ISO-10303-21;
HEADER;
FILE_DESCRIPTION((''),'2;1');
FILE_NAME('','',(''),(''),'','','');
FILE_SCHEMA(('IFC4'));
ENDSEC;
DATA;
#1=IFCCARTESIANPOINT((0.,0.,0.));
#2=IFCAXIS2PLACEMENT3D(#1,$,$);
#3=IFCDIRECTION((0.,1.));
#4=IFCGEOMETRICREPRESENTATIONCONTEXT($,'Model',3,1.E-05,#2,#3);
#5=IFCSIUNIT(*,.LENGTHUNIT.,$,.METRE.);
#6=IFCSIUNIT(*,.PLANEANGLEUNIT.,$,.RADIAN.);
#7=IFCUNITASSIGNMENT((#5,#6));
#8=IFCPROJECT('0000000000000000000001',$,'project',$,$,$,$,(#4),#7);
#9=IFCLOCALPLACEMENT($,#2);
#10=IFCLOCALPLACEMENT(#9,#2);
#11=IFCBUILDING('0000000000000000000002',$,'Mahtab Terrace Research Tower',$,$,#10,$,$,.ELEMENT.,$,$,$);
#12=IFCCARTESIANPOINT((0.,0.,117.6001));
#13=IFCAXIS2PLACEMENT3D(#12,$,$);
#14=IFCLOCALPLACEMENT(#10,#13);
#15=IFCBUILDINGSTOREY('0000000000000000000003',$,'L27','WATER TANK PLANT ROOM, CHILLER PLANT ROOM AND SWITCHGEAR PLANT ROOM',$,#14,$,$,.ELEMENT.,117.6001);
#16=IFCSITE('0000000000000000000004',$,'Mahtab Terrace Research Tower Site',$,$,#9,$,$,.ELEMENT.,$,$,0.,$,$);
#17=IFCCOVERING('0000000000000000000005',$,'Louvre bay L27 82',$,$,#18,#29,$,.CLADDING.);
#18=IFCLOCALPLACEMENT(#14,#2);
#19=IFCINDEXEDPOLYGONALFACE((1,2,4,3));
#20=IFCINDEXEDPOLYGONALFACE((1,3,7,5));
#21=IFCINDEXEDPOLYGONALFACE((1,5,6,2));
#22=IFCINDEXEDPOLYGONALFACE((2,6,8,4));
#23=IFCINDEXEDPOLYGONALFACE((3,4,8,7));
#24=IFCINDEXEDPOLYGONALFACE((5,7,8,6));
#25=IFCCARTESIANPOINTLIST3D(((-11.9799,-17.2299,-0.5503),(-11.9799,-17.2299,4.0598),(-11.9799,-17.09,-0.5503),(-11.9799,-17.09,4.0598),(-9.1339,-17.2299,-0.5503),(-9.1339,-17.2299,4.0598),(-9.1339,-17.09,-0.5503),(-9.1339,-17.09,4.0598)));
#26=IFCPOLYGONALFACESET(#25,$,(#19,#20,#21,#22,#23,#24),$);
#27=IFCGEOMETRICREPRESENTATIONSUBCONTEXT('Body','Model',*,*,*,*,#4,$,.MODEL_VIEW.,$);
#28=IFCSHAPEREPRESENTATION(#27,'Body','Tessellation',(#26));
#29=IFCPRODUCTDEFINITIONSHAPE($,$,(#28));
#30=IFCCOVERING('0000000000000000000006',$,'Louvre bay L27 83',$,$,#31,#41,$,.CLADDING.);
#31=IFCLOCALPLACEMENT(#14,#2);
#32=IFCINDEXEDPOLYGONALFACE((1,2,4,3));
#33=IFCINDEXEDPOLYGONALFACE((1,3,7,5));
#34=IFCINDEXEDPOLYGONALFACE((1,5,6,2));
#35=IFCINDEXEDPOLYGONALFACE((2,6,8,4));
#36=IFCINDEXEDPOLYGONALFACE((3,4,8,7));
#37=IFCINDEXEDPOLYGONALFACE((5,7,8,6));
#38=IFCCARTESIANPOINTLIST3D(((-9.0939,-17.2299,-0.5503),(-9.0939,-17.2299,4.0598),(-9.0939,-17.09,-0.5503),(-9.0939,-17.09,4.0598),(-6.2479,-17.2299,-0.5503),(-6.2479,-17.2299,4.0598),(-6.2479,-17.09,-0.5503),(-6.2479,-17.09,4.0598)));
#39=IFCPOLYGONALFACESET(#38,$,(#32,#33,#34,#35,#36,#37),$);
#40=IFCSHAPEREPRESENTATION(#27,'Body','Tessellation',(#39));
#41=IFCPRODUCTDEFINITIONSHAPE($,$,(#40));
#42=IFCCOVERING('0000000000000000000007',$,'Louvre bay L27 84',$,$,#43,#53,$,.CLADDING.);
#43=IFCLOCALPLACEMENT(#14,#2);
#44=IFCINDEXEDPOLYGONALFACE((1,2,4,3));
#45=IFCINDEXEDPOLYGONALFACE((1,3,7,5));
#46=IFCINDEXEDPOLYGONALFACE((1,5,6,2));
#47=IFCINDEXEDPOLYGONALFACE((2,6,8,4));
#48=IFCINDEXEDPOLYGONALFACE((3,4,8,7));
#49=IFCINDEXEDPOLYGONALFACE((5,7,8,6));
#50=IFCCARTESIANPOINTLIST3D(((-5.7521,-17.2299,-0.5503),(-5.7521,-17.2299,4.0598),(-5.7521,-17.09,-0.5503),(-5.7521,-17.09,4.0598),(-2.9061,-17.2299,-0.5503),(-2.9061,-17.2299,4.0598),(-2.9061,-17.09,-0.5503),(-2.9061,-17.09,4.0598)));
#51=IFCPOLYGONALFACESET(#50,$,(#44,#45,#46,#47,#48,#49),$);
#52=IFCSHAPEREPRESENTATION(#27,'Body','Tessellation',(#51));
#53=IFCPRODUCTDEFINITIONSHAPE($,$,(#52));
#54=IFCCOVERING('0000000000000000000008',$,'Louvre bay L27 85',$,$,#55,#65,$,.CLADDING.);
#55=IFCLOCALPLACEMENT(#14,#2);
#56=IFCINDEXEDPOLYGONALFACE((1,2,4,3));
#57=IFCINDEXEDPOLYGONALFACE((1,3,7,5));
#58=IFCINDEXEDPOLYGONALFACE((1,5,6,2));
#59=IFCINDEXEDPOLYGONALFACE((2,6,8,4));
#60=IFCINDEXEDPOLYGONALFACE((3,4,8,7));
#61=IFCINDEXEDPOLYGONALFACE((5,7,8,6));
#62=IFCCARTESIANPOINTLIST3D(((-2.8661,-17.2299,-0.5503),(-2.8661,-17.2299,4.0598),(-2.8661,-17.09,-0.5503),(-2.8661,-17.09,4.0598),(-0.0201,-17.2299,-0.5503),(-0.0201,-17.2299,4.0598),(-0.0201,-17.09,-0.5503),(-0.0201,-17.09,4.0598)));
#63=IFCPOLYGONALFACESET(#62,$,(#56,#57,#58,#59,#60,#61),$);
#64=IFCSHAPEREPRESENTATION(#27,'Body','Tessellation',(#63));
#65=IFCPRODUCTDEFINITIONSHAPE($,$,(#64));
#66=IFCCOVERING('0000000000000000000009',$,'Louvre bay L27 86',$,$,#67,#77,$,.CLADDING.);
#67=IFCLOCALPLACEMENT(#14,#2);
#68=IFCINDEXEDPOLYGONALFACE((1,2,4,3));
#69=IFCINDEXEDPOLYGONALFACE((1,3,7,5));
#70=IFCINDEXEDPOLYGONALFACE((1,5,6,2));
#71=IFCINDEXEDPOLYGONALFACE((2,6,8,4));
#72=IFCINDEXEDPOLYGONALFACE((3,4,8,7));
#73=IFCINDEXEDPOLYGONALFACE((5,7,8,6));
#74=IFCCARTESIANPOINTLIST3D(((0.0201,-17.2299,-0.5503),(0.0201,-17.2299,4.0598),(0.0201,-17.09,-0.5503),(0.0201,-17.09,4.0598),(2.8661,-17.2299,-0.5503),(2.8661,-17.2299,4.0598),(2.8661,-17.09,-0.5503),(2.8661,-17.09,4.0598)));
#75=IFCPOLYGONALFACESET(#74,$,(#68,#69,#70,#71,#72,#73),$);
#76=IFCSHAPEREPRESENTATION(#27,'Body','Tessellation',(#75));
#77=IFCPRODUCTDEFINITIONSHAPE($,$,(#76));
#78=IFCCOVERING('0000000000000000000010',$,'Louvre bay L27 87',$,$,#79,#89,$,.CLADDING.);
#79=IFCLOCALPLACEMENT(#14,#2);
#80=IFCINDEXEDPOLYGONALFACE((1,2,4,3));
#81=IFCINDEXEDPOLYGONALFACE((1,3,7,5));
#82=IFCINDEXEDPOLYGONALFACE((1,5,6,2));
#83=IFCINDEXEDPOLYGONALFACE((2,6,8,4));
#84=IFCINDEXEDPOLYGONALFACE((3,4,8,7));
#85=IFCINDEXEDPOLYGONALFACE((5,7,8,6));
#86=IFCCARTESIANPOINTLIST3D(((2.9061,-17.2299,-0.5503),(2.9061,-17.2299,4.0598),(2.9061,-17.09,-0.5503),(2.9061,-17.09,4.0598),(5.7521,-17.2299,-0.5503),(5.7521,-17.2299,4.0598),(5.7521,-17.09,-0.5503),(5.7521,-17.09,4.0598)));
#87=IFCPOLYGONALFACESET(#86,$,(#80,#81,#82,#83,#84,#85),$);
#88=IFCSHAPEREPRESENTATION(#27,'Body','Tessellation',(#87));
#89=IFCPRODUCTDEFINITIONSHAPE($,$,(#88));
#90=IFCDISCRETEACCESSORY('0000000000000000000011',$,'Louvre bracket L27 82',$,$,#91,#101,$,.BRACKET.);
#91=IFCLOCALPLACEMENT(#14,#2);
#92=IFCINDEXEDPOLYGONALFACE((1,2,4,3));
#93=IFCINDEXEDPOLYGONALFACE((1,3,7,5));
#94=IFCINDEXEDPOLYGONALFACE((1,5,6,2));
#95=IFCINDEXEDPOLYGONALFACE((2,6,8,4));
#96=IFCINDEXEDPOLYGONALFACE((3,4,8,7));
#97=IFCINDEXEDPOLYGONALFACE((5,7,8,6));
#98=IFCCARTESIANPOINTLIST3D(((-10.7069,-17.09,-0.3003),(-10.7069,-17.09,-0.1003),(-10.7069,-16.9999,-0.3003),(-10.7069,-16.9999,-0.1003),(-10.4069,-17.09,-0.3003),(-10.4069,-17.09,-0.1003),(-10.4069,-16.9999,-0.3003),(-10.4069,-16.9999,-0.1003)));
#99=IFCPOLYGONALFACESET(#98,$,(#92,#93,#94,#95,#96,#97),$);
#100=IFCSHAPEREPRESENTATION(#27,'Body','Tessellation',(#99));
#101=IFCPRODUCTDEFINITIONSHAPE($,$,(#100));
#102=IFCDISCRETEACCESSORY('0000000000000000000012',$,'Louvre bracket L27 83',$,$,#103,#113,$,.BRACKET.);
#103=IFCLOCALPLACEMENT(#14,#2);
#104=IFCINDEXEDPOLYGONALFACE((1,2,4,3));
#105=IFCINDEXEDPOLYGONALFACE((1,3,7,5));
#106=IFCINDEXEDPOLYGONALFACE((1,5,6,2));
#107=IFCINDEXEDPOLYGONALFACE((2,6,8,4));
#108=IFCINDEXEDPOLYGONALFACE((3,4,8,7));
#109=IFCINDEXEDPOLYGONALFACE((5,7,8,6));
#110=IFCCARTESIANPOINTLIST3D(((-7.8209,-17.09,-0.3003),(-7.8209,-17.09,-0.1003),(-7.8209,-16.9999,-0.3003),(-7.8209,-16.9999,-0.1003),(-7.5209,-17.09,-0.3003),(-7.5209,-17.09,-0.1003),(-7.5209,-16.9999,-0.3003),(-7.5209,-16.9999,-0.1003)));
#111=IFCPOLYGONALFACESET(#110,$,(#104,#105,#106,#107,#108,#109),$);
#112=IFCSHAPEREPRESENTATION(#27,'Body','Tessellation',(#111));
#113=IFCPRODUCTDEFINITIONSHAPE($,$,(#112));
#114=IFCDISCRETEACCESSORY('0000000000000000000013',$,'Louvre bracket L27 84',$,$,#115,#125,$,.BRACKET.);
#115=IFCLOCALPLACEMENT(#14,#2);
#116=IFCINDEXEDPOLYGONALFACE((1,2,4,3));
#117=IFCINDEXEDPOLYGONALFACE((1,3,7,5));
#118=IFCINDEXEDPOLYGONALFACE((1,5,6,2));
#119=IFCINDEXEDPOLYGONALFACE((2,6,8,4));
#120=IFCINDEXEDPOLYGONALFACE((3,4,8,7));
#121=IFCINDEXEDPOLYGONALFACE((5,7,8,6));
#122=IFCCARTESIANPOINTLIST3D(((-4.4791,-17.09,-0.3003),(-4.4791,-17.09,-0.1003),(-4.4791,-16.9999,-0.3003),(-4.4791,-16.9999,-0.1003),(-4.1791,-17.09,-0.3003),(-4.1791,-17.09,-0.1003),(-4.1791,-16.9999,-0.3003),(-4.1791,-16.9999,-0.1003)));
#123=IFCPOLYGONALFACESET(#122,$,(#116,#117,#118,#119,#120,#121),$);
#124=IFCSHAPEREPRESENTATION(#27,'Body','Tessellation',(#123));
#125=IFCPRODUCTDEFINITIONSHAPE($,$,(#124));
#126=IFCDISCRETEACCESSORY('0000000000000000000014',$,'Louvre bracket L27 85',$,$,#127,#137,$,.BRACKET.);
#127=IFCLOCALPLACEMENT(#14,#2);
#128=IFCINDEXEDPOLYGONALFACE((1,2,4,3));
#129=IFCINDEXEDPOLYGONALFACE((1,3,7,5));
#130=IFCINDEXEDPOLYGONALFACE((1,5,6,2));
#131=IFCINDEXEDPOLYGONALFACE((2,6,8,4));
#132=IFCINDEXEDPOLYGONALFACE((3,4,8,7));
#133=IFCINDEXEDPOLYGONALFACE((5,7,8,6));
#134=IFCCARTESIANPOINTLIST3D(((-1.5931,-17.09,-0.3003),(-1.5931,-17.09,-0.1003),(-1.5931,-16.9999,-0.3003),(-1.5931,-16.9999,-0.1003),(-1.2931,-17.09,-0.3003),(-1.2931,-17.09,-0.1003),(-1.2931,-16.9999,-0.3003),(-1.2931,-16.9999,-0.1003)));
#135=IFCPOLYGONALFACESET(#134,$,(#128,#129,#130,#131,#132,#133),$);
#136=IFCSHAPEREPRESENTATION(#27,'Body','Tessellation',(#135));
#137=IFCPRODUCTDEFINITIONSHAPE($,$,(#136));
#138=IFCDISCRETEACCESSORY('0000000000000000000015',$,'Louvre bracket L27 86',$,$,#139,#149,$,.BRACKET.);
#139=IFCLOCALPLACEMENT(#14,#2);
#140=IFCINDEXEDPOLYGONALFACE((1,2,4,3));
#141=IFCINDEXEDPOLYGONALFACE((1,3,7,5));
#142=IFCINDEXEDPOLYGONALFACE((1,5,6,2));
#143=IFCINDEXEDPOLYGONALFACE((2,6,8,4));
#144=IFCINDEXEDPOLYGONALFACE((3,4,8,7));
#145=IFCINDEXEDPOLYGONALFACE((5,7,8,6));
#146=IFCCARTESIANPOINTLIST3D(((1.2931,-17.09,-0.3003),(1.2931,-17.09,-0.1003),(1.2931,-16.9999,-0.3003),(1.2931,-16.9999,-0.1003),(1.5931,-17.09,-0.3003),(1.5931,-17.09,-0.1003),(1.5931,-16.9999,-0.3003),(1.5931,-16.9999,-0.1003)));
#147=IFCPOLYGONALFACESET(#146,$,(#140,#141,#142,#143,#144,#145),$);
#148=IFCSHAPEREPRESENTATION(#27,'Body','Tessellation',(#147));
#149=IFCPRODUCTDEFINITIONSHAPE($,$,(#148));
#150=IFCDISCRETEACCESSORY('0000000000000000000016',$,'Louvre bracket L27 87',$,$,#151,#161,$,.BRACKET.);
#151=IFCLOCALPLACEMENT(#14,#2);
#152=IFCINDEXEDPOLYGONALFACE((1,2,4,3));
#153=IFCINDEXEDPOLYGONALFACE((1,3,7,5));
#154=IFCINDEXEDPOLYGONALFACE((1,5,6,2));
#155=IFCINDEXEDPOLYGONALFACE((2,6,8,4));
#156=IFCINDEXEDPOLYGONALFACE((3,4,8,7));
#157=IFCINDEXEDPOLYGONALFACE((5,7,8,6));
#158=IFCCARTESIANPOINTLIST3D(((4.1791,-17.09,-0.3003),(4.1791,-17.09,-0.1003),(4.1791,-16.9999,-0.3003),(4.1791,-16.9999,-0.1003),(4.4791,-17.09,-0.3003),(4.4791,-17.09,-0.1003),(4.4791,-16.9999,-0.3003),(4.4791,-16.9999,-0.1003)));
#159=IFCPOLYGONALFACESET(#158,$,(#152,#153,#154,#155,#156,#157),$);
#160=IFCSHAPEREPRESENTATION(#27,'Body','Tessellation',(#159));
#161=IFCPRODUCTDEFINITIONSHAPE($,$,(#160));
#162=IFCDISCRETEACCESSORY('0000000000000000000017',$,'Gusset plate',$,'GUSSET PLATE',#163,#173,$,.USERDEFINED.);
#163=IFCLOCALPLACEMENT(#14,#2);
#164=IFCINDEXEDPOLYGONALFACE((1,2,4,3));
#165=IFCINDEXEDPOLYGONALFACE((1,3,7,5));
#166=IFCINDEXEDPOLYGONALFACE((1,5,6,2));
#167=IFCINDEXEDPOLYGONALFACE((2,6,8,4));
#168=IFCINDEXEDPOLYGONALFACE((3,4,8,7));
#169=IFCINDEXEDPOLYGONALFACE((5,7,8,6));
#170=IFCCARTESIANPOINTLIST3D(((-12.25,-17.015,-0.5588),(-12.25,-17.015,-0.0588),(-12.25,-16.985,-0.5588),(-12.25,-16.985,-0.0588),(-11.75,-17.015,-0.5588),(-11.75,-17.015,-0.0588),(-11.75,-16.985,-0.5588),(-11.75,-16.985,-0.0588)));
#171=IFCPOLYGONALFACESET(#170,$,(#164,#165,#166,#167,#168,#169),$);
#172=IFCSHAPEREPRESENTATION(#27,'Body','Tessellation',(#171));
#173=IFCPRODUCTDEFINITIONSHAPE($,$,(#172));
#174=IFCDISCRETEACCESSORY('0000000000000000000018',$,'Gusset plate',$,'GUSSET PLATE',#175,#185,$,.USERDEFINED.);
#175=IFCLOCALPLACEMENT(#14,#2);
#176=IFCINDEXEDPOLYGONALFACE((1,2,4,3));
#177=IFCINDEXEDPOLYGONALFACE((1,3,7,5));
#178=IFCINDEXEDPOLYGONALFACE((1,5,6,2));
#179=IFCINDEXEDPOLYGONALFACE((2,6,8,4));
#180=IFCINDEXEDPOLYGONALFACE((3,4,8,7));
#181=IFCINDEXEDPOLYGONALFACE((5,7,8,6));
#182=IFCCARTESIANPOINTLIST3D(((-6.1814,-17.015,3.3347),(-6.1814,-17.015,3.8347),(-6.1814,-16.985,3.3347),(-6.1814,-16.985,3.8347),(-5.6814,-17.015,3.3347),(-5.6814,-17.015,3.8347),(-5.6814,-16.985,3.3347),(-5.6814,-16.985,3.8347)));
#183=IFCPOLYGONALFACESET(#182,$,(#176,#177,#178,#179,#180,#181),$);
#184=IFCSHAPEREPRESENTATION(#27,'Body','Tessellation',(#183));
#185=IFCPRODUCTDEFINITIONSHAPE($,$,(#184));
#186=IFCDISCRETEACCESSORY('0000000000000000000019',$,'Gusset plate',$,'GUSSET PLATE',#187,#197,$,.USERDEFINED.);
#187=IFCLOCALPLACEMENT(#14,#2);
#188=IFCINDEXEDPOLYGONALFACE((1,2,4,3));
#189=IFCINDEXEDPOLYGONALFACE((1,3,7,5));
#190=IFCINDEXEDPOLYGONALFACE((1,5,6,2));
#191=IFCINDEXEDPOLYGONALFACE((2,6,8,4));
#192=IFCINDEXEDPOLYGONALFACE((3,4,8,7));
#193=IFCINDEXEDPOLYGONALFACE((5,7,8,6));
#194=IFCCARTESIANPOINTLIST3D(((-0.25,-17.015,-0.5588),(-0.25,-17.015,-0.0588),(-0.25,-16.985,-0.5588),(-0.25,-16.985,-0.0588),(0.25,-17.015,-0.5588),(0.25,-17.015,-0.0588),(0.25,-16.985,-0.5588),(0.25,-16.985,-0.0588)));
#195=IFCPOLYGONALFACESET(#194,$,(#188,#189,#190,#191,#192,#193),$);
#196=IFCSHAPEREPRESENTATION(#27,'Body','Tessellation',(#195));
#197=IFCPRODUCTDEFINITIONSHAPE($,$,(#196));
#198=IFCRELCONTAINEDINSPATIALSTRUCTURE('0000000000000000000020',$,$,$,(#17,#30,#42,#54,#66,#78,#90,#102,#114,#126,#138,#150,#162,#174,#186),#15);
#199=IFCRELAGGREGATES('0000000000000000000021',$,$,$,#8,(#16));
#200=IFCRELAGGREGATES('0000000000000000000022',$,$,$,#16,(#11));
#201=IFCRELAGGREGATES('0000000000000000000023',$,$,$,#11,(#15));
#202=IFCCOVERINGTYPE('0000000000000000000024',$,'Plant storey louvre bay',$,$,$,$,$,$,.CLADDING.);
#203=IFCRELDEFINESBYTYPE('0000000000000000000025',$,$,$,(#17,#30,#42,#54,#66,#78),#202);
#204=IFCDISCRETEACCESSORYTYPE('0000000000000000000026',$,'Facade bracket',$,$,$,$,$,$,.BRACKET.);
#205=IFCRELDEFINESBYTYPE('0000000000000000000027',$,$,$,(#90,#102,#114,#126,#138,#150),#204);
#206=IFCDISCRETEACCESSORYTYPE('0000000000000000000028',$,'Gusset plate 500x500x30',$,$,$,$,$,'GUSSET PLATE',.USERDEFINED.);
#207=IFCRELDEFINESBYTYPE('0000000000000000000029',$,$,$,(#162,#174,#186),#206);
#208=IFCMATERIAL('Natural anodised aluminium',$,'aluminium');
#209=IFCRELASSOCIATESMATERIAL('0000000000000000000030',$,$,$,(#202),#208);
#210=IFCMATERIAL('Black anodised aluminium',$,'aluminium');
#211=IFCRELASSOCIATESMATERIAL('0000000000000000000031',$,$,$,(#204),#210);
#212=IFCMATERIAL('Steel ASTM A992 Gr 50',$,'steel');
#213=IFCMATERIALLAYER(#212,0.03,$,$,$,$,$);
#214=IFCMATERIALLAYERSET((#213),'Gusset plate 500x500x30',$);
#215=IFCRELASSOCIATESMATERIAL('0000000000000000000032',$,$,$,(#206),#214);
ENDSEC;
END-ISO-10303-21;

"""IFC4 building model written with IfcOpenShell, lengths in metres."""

from ifc_helpers import new_model, si_unit, direction, frame, origin, origin_2d, place, context, subcontext, project, spatial, rectangle, extrude, material, layer, layer_set, type_object, element, save


model = new_model("IFC4")

# Units and contexts
model_context = context("Model", 3, precision=1e-05, world=origin(), true_north=direction((0.0, 1.0)))
body_context = subcontext(model_context, "Body", "Model", "MODEL_VIEW")
ifc_project = project(units=[si_unit("LENGTHUNIT", "METRE"), si_unit("PLANEANGLEUNIT", "RADIAN")], contexts=[model_context])

# Site, building, storey
site_placement = place(None, origin())
site = spatial("IfcSite", under=ifc_project, at=site_placement, Name="Mahtab Terrace Research Tower Site", CompositionType="ELEMENT", RefElevation=0.0)
building_placement = place(site_placement, origin())
building = spatial("IfcBuilding", under=site, at=building_placement, Name="Mahtab Terrace Research Tower", CompositionType="ELEMENT")
storey_placement = place(building_placement, frame((0.0, 0.0, 117.6001)))
storey = spatial("IfcBuildingStorey", under=building, at=storey_placement, Name="L27", Description="WATER TANK PLANT ROOM, CHILLER PLANT ROOM AND SWITCHGEAR PLANT ROOM", CompositionType="ELEMENT", Elevation=117.6001)

# Shared definitions
ifc_material_1 = material(Name="Steel ASTM A992 Gr 50", Category="steel")

# Coverings
ifc_material_2 = material(Name="Natural anodised aluminium", Category="aluminium")
covering_type = type_object("IfcCoveringType", Name="Plant storey louvre bay", PredefinedType="CLADDING", material=ifc_material_2)
for number, where, z_axis, x_axis, name in (
    (1, (-10.5569, -17.1599, -0.5503), (0.0, 0.0, 1.0), (1.0, 0.0, 0.0), "Louvre bay L27 82"),
    (2, (-7.6709, -17.1599, -0.5503), (0.0, 0.0, 1.0), (1.0, 0.0, 0.0), "Louvre bay L27 83"),
    (3, (-4.3291, -17.1599, -0.5503), (0.0, 0.0, 1.0), (1.0, 0.0, 0.0), "Louvre bay L27 84"),
    (4, (-1.4431, -17.1599, -0.5503), (0.0, 0.0, 1.0), (1.0, 0.0, 0.0), "Louvre bay L27 85"),
    (5, (1.4431, -17.1599, -0.5503), (0.0, 0.0, 1.0), (1.0, 0.0, 0.0), "Louvre bay L27 86"),
    (6, (4.3291, -17.1599, -0.5503), (0.0, 0.0, 1.0), (1.0, 0.0, 0.0), "Louvre bay L27 87"),
):
    element("IfcCovering", number, at=place(storey_placement, frame(where, z_axis=z_axis, x_axis=x_axis)), inside=storey, type_object=covering_type, Name=name, PredefinedType="CLADDING", context=body_context, shape_type="SweptSolid", body=[
        extrude(rectangle(XDim=2.8459, YDim=0.1399, at=origin_2d()), origin(), (0.0, 0.0, 1.0), 4.6101),
    ])

# Discrete accessories
ifc_material_3 = material(Name="Black anodised aluminium", Category="aluminium")
discrete_accessory_type_1 = type_object("IfcDiscreteAccessoryType", Name="Facade bracket", PredefinedType="BRACKET", material=ifc_material_3)
for number, where, z_axis, x_axis, name in (
    (7, (-10.5569, -17.0449, -0.3003), (0.0, 0.0, 1.0), (1.0, 0.0, 0.0), "Louvre bracket L27 82"),
    (8, (-7.6709, -17.0449, -0.3003), (0.0, 0.0, 1.0), (1.0, 0.0, 0.0), "Louvre bracket L27 83"),
    (9, (-4.3291, -17.0449, -0.3003), (0.0, 0.0, 1.0), (1.0, 0.0, 0.0), "Louvre bracket L27 84"),
    (10, (-1.4431, -17.0449, -0.3003), (0.0, 0.0, 1.0), (1.0, 0.0, 0.0), "Louvre bracket L27 85"),
    (11, (1.4431, -17.0449, -0.3003), (0.0, 0.0, 1.0), (1.0, 0.0, 0.0), "Louvre bracket L27 86"),
    (12, (4.3291, -17.0449, -0.3003), (0.0, 0.0, 1.0), (1.0, 0.0, 0.0), "Louvre bracket L27 87"),
):
    element("IfcDiscreteAccessory", number, at=place(storey_placement, frame(where, z_axis=z_axis, x_axis=x_axis)), inside=storey, type_object=discrete_accessory_type_1, Name=name, PredefinedType="BRACKET", context=body_context, shape_type="SweptSolid", body=[
        extrude(rectangle(XDim=0.3, YDim=0.0901, at=origin_2d()), origin(), (0.0, 0.0, 1.0), 0.2),
    ])
ifc_layer_1 = layer(ifc_material_1, 0.03)
ifc_layer_set_1 = layer_set([ifc_layer_1], Name="Gusset plate 500x500x30")
discrete_accessory_type_2 = type_object("IfcDiscreteAccessoryType", Name="Gusset plate 500x500x30", ElementType="GUSSET PLATE", PredefinedType="USERDEFINED", material=ifc_layer_set_1)
for number, where, z_axis, x_axis, name in (
    (13, (-12.0, -17.0, -0.5588), (0.0, 0.0, 1.0), (1.0, 0.0, 0.0), "Gusset plate"),
    (14, (-5.9314, -17.0, 3.3347), (0.0, 0.0, 1.0), (1.0, 0.0, 0.0), "Gusset plate"),
    (15, (0.0, -17.0, -0.5588), (0.0, 0.0, 1.0), (1.0, 0.0, 0.0), "Gusset plate"),
):
    element("IfcDiscreteAccessory", number, at=place(storey_placement, frame(where, z_axis=z_axis, x_axis=x_axis)), inside=storey, type_object=discrete_accessory_type_2, Name=name, ObjectType="GUSSET PLATE", PredefinedType="USERDEFINED", context=body_context, shape_type="SweptSolid", body=[
        extrude(rectangle(XDim=0.5, YDim=0.03, at=origin_2d()), origin(), (0.0, 0.0, 1.0), 0.5),
    ])

save(model, "model.ifc")
